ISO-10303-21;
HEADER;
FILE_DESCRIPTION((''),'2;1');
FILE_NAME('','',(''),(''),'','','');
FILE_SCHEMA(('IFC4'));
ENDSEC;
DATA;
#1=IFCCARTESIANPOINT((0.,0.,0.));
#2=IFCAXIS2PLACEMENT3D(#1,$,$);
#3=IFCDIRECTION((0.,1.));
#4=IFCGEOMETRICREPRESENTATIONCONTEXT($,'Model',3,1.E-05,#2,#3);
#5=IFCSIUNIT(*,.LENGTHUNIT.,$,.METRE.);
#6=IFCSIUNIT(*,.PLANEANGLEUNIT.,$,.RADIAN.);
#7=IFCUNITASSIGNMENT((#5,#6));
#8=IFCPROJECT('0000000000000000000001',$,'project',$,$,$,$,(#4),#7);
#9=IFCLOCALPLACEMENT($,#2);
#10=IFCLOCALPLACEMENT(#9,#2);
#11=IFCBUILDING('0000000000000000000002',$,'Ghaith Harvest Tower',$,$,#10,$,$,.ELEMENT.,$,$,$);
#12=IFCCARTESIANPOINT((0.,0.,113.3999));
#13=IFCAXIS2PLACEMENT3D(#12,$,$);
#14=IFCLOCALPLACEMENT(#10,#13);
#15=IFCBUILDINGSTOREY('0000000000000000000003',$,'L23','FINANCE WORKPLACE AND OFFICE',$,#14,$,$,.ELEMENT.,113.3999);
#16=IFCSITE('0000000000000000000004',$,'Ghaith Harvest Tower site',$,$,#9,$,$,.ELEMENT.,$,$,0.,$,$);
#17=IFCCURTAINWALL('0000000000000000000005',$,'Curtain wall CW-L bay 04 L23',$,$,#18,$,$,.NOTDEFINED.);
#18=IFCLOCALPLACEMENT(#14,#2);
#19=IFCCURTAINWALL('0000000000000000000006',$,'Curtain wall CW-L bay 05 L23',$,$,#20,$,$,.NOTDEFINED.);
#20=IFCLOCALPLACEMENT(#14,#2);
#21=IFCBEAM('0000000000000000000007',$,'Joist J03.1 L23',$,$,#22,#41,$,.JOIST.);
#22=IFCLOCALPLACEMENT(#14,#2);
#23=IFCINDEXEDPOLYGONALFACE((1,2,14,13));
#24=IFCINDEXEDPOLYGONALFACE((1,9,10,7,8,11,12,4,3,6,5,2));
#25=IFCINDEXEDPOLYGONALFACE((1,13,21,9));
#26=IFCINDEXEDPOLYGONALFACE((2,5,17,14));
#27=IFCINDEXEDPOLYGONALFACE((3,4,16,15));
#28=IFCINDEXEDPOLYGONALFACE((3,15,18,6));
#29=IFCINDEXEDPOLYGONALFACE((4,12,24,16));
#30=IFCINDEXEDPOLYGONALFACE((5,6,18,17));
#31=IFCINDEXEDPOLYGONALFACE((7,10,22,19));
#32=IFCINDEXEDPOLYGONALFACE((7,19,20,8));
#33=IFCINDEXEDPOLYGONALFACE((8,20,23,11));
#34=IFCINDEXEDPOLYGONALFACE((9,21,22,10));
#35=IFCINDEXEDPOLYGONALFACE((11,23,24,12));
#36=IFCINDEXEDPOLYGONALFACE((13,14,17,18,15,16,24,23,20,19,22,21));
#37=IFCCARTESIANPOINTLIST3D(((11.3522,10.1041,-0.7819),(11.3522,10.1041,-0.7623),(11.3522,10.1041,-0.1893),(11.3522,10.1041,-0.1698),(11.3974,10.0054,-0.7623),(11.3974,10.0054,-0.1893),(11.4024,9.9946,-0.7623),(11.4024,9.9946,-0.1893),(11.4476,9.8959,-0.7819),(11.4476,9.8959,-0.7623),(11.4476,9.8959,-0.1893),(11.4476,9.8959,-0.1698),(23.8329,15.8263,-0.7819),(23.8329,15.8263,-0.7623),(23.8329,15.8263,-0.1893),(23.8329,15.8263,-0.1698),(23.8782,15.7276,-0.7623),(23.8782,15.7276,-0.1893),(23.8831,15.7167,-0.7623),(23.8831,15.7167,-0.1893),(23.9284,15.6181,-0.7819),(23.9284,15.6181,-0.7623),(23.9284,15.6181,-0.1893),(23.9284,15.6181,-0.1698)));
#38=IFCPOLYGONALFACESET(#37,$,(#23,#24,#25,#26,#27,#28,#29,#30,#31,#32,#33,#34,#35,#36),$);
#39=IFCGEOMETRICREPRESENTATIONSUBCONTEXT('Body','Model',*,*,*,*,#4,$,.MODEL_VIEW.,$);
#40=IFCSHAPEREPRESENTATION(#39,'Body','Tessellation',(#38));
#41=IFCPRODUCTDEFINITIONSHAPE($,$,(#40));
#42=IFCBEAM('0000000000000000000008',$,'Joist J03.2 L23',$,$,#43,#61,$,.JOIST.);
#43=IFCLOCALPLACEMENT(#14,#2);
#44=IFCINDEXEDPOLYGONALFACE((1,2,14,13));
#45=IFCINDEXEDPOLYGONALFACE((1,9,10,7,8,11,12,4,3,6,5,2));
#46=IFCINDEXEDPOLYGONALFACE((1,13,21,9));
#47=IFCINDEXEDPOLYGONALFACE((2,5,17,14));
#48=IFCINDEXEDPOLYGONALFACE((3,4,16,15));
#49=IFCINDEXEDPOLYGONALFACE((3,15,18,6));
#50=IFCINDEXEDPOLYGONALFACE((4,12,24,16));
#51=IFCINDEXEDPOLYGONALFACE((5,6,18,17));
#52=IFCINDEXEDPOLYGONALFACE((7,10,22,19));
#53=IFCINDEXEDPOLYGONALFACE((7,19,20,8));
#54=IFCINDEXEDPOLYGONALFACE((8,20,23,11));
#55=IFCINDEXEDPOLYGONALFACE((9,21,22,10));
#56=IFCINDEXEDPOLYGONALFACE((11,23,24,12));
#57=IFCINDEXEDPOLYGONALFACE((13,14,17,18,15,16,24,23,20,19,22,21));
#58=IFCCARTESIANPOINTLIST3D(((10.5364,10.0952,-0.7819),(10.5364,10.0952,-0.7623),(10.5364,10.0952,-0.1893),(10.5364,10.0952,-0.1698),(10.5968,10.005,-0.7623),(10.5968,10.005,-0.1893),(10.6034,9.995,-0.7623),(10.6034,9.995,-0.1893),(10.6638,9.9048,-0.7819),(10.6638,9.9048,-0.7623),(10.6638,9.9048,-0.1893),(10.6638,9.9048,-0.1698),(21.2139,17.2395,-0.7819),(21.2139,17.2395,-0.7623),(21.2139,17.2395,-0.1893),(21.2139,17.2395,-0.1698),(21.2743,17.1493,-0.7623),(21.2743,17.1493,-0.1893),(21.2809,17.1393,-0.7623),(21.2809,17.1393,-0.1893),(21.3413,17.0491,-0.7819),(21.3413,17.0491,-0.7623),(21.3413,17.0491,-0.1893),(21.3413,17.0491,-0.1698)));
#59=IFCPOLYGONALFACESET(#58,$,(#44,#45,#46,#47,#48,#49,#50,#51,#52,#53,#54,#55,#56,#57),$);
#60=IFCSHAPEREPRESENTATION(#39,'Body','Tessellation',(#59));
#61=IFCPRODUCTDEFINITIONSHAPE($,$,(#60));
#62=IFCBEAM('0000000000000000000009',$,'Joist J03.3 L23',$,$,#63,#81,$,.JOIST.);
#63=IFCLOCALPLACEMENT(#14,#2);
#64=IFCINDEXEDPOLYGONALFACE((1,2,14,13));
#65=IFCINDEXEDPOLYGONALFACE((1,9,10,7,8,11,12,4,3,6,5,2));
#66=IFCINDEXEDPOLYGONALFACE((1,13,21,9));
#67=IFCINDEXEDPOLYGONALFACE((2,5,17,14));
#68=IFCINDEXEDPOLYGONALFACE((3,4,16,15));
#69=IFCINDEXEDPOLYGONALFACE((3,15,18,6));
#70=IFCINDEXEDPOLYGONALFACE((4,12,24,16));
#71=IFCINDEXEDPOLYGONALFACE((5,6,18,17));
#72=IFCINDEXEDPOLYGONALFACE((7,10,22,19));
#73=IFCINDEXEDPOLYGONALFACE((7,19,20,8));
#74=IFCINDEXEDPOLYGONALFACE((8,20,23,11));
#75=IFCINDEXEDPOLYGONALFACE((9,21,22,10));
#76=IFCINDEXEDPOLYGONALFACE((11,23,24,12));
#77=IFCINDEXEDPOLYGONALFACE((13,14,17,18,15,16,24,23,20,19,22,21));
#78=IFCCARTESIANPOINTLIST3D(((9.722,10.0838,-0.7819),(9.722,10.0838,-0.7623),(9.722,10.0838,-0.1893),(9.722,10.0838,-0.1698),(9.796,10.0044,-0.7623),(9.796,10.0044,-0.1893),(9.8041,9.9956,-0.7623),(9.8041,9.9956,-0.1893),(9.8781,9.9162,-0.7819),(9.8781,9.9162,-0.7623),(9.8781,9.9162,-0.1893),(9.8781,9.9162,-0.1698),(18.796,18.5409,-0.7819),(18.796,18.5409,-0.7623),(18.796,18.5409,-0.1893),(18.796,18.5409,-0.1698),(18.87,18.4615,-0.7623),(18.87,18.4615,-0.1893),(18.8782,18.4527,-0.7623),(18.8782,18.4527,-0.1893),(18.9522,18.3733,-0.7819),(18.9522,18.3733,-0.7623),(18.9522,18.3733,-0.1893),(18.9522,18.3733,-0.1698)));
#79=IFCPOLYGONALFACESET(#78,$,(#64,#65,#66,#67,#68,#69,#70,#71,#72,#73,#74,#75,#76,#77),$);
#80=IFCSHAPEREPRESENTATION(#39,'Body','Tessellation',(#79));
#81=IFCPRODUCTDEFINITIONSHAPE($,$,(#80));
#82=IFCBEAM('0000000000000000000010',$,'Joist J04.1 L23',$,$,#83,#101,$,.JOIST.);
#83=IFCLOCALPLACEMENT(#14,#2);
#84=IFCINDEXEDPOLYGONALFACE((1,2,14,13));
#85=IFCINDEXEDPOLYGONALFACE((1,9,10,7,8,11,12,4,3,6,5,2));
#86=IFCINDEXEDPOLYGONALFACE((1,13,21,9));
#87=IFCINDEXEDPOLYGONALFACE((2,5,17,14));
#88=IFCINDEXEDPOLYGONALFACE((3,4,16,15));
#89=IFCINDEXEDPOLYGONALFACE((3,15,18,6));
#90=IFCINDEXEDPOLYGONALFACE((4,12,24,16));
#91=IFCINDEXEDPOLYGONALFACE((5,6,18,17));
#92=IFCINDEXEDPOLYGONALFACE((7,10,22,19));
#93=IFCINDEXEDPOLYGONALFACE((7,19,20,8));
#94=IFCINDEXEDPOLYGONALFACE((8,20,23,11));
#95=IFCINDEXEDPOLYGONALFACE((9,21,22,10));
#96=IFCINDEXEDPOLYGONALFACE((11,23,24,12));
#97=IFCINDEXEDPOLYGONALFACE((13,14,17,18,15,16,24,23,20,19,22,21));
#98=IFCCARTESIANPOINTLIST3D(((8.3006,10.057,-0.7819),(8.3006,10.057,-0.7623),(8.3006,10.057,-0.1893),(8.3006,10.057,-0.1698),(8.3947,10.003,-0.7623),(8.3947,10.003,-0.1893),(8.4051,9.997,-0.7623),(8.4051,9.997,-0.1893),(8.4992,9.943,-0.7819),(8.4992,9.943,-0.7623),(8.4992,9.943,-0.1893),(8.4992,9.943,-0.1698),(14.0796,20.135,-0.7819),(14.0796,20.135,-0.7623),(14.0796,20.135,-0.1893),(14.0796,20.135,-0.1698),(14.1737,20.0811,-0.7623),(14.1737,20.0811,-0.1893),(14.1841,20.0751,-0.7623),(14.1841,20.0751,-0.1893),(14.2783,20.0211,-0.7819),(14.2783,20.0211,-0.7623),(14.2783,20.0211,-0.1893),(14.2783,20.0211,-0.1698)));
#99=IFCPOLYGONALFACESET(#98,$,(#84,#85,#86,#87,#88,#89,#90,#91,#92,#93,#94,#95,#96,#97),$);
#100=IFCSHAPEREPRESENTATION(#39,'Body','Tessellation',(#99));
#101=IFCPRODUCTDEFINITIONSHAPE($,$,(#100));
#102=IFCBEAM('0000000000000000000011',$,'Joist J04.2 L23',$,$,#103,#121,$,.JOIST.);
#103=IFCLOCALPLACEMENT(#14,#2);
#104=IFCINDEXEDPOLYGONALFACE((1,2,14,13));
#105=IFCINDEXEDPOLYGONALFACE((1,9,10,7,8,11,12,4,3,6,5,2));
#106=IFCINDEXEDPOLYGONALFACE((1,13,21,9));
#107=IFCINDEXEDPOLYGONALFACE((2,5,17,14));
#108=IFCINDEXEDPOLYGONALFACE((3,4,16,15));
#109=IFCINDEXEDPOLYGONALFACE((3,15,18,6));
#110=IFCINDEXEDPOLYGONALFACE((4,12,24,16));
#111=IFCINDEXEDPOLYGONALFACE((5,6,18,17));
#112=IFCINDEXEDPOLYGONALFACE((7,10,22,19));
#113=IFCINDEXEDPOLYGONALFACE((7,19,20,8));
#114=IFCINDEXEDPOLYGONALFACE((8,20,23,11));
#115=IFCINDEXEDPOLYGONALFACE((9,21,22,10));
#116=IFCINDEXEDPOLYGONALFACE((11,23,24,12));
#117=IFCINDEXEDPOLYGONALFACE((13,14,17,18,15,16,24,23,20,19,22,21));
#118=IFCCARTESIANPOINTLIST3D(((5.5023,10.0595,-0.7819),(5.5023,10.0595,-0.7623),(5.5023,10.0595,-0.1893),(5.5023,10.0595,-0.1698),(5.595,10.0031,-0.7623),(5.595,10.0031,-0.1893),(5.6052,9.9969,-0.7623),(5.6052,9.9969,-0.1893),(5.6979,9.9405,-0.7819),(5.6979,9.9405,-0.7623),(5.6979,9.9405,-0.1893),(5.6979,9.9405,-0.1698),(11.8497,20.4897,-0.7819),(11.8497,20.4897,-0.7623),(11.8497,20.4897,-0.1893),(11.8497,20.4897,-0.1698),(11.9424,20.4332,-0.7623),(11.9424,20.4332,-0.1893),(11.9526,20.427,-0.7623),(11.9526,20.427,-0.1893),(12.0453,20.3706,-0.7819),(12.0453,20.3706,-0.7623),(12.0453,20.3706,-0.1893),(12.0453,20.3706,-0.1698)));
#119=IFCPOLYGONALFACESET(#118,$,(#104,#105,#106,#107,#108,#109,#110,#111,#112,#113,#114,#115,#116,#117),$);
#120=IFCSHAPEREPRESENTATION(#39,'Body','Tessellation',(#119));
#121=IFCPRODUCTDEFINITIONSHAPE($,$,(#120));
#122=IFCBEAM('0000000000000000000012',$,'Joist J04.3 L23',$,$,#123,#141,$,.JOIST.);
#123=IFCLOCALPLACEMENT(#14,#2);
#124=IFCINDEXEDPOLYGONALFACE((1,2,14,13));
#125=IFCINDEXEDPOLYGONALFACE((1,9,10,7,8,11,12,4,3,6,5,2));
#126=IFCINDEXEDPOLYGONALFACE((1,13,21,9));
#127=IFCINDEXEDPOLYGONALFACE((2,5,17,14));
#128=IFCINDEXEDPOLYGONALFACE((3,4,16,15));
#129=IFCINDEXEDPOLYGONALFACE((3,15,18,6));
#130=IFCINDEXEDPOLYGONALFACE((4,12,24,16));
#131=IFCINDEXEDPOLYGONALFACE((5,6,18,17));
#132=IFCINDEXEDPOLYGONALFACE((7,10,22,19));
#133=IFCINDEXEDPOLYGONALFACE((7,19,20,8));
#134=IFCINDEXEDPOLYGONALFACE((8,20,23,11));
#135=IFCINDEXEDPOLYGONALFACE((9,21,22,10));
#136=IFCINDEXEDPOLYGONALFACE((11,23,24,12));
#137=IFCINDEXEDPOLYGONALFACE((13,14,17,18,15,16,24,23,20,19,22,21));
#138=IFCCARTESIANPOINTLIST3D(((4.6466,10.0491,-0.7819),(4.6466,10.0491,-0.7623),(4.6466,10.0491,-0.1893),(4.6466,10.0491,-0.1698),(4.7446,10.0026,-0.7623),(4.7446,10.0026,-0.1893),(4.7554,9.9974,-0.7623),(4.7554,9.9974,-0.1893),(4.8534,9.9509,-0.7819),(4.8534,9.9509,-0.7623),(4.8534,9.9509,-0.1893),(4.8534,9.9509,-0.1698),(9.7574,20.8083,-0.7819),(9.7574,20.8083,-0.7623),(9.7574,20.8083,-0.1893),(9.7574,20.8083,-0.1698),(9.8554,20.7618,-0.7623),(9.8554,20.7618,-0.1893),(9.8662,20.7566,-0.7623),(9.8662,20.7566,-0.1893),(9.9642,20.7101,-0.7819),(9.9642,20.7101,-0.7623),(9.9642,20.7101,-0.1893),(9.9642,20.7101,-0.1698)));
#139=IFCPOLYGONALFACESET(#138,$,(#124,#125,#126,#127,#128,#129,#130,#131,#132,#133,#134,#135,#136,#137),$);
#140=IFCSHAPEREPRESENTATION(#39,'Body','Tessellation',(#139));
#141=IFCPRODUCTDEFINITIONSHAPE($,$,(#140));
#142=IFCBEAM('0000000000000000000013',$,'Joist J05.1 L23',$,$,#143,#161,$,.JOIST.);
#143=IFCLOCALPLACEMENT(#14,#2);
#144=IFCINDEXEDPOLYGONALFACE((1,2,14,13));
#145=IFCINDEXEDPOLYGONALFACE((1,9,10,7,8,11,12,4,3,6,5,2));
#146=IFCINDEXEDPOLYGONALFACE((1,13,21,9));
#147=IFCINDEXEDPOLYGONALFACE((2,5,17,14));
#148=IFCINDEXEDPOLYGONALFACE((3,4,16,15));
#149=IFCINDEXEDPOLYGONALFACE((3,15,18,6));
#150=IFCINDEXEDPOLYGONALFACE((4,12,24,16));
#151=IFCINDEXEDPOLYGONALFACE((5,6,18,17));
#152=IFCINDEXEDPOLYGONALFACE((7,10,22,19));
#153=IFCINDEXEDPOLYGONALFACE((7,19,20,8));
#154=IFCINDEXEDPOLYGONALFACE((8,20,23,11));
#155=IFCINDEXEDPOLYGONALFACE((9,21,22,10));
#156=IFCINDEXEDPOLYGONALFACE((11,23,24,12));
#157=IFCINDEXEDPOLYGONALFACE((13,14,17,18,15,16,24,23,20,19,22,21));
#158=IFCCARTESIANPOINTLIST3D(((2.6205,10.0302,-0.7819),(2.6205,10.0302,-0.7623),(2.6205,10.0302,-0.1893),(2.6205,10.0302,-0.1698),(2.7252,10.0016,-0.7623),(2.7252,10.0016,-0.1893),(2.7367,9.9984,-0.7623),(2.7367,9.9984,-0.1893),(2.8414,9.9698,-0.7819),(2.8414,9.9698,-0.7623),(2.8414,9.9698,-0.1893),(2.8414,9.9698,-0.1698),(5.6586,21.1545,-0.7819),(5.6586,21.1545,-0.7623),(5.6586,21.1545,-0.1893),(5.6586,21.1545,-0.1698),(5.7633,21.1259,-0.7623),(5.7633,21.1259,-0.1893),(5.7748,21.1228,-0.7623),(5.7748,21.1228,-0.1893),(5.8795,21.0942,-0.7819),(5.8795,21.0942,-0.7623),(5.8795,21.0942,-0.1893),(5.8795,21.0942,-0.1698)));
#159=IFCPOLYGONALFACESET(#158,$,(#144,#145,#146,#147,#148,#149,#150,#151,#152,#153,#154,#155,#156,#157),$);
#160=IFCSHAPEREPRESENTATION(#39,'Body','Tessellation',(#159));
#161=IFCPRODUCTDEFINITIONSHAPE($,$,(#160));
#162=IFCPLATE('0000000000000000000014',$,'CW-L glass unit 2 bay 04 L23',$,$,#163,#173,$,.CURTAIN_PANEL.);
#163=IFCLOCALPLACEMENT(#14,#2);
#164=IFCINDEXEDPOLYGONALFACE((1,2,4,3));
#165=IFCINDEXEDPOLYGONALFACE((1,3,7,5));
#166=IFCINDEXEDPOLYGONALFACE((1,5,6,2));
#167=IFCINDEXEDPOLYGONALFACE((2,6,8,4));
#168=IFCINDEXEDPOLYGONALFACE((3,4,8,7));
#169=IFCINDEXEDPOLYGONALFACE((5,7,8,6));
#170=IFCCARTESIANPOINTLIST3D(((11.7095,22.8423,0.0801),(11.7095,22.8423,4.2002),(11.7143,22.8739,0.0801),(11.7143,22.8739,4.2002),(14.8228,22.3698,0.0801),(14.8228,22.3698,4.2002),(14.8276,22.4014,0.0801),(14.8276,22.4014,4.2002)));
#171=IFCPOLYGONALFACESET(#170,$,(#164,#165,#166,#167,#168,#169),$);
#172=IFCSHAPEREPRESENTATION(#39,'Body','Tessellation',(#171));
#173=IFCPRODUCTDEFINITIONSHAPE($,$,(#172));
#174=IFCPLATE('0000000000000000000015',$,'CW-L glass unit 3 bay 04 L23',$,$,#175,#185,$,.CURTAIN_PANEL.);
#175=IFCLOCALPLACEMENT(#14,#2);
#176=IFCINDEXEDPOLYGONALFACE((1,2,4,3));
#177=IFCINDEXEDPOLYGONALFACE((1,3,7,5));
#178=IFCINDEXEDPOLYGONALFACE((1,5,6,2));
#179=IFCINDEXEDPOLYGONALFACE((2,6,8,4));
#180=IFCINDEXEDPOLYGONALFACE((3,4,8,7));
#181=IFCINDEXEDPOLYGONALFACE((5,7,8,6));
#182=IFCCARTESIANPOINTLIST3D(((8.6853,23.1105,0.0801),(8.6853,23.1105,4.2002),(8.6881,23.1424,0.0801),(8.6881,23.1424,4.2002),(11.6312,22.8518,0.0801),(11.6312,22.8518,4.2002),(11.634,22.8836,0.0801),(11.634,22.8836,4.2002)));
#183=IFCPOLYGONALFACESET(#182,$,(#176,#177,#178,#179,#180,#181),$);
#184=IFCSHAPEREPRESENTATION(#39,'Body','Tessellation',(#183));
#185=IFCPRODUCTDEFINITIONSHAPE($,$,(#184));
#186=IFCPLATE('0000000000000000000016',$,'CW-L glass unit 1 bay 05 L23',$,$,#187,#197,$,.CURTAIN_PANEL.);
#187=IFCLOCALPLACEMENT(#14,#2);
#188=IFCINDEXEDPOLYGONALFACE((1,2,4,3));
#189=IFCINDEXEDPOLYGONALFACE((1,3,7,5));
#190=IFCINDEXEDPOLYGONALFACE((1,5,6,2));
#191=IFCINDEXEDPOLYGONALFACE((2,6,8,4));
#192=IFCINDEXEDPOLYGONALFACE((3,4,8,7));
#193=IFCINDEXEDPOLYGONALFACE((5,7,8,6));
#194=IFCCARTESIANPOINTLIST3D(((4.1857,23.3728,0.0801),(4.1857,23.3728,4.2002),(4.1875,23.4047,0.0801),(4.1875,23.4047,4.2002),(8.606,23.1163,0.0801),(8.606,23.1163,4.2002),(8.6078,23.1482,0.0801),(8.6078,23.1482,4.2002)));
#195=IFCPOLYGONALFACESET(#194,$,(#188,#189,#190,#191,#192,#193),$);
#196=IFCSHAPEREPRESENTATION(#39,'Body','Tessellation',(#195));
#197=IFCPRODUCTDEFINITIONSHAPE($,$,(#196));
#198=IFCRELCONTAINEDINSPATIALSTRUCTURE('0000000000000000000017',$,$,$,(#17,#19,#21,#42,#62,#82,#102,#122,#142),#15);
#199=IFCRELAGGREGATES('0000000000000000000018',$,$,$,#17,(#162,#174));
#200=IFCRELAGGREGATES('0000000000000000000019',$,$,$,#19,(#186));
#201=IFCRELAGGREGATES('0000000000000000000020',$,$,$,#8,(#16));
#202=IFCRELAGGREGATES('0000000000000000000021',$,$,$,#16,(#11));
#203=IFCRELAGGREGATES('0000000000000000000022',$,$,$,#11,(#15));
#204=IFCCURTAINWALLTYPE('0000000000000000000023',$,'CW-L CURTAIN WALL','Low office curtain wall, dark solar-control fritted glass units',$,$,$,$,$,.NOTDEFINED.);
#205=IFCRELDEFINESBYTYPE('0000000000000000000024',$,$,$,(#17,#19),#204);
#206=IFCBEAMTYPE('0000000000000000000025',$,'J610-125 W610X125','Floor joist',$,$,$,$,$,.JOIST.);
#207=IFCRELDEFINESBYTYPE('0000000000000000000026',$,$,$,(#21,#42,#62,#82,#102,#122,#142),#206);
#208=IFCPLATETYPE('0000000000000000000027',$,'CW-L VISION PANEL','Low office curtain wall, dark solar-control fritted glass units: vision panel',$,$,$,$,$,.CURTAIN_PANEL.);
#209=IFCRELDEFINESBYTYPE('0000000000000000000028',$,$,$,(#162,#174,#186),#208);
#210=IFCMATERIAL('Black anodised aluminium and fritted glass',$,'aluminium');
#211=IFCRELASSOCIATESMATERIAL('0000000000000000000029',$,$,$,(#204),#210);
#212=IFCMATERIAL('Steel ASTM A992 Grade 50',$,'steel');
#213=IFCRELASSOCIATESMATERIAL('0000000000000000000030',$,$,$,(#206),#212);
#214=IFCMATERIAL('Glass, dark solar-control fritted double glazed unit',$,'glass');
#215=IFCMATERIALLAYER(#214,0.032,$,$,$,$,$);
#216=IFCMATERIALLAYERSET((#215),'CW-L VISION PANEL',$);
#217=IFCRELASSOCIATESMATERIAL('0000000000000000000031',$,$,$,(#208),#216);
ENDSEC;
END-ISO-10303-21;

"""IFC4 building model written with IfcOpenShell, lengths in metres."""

from ifc_helpers import new_model, si_unit, direction, frame, origin, origin_2d, place, context, subcontext, project, spatial, rectangle, i_section, extrude, material, layer, layer_set, material_profile, profile_set, type_object, element, aggregate, save


model = new_model("IFC4")

# Units and contexts
model_context = context("Model", 3, precision=1e-05, world=origin(), true_north=direction((0.0, 1.0)))
body_context = subcontext(model_context, "Body", "Model", "MODEL_VIEW")
ifc_project = project(units=[si_unit("LENGTHUNIT", "METRE"), si_unit("PLANEANGLEUNIT", "RADIAN")], contexts=[model_context])

# Site, building, storey
site_placement = place(None, origin())
site = spatial("IfcSite", under=ifc_project, at=site_placement, Name="Ghaith Harvest Tower site", CompositionType="ELEMENT", RefElevation=0.0)
building_placement = place(site_placement, origin())
building = spatial("IfcBuilding", under=site, at=building_placement, Name="Ghaith Harvest Tower", CompositionType="ELEMENT")
storey_placement = place(building_placement, frame((0.0, 0.0, 113.3999)))
storey = spatial("IfcBuildingStorey", under=building, at=storey_placement, Name="L23", Description="FINANCE WORKPLACE AND OFFICE", CompositionType="ELEMENT", Elevation=113.3999)

# Curtain wall
ifc_material_1 = material(Name="Black anodised aluminium and fritted glass", Category="aluminium")
curtain_wall_type = type_object("IfcCurtainWallType", Name="CW-L CURTAIN WALL", Description="Low office curtain wall, dark solar-control fritted glass units", PredefinedType="NOTDEFINED", material=ifc_material_1)
curtain_wall_1_placement = place(storey_placement, origin())
curtain_wall_1 = element("IfcCurtainWall", 1, at=curtain_wall_1_placement, inside=storey, type_object=curtain_wall_type, Name="Curtain wall CW-L bay 04 L23", PredefinedType="NOTDEFINED")

# Curtain wall
curtain_wall_2_placement = place(storey_placement, origin())
curtain_wall_2 = element("IfcCurtainWall", 2, at=curtain_wall_2_placement, inside=storey, type_object=curtain_wall_type, Name="Curtain wall CW-L bay 05 L23", PredefinedType="NOTDEFINED")

# Beams
ifc_material_2 = material(Name="Steel ASTM A992 Grade 50", Category="steel")
ifc_material_profile_1 = material_profile(ifc_material_2, i_section(OverallWidth=0.229, OverallDepth=0.6121, WebThickness=0.012, FlangeThickness=0.0195, at=origin_2d()), Name="W610X125")
ifc_profile_set_1 = profile_set([ifc_material_profile_1], Name="Steel ASTM A992 Grade 50")
beam_type_1 = type_object("IfcBeamType", Name="J610-125 W610X125", Description="Floor joist", PredefinedType="JOIST", material=ifc_profile_set_1)
beam_1_placement = place(storey_placement, frame((11.3999, 10.0, -0.4758), z_axis=(0.909014, 0.416766, 0.0), x_axis=(-0.416766, 0.909014, 0.0)))
element("IfcBeam", 3, at=beam_1_placement, inside=storey, type_object=beam_type_1, Name="Joist J03.1 L23", PredefinedType="JOIST", context=body_context, shape_type="SweptSolid", body=[
    extrude(i_section(OverallWidth=0.229, OverallDepth=0.6121, WebThickness=0.012, FlangeThickness=0.0195, at=origin_2d()), origin(), (0.0, 0.0, 1.0), 13.73),
])
beam_2_placement = place(storey_placement, frame((10.6001, 10.0, -0.4758), z_axis=(0.831116, 0.556098, 0.0), x_axis=(-0.556098, 0.831116, 0.0)))
element("IfcBeam", 4, at=beam_2_placement, inside=storey, type_object=beam_type_1, Name="Joist J03.2 L23", PredefinedType="JOIST", context=body_context, shape_type="SweptSolid", body=[
    extrude(i_section(OverallWidth=0.229, OverallDepth=0.6121, WebThickness=0.012, FlangeThickness=0.0195, at=origin_2d()), origin(), (0.0, 0.0, 1.0), 12.8472),
])
beam_3_placement = place(storey_placement, frame((9.8, 10.0, -0.4758), z_axis=(0.731538, 0.681801, 0.0), x_axis=(-0.681801, 0.731538, 0.0)))
element("IfcBeam", 5, at=beam_3_placement, inside=storey, type_object=beam_type_1, Name="Joist J03.3 L23", PredefinedType="JOIST", context=body_context, shape_type="SweptSolid", body=[
    extrude(i_section(OverallWidth=0.229, OverallDepth=0.6121, WebThickness=0.012, FlangeThickness=0.0195, at=origin_2d()), origin(), (0.0, 0.0, 1.0), 12.4041),
])
beam_4_placement = place(storey_placement, frame((8.3999, 10.0, -0.4758), z_axis=(0.497444, 0.867496, 0.0), x_axis=(-0.867496, 0.497444, 0.0)))
element("IfcBeam", 6, at=beam_4_placement, inside=storey, type_object=beam_type_1, Name="Joist J04.1 L23", PredefinedType="JOIST", context=body_context, shape_type="SweptSolid", body=[
    extrude(i_section(OverallWidth=0.229, OverallDepth=0.6121, WebThickness=0.012, FlangeThickness=0.0195, at=origin_2d()), origin(), (0.0, 0.0, 1.0), 11.6174),
])
beam_5_placement = place(storey_placement, frame((5.6001, 10.0, -0.4758), z_axis=(0.519864, 0.854249, 0.0), x_axis=(-0.854249, 0.519864, 0.0)))
element("IfcBeam", 7, at=beam_5_placement, inside=storey, type_object=beam_type_1, Name="Joist J04.2 L23", PredefinedType="JOIST", context=body_context, shape_type="SweptSolid", body=[
    extrude(i_section(OverallWidth=0.229, OverallDepth=0.6121, WebThickness=0.012, FlangeThickness=0.0195, at=origin_2d()), origin(), (0.0, 0.0, 1.0), 12.2097),
])
beam_6_placement = place(storey_placement, frame((4.75, 10.0, -0.4758), z_axis=(0.429069, 0.903272, 0.0), x_axis=(-0.903272, 0.429069, 0.0)))
element("IfcBeam", 8, at=beam_6_placement, inside=storey, type_object=beam_type_1, Name="Joist J04.3 L23", PredefinedType="JOIST", context=body_context, shape_type="SweptSolid", body=[
    extrude(i_section(OverallWidth=0.229, OverallDepth=0.6121, WebThickness=0.012, FlangeThickness=0.0195, at=origin_2d()), origin(), (0.0, 0.0, 1.0), 11.9114),
])
beam_7_placement = place(storey_placement, frame((2.731, 10.0, -0.4758), z_axis=(0.263456, 0.964671, 0.0), x_axis=(-0.964671, 0.263456, 0.0)))
element("IfcBeam", 9, at=beam_7_placement, inside=storey, type_object=beam_type_1, Name="Joist J05.1 L23", PredefinedType="JOIST", context=body_context, shape_type="SweptSolid", body=[
    extrude(i_section(OverallWidth=0.229, OverallDepth=0.6121, WebThickness=0.012, FlangeThickness=0.0195, at=origin_2d()), origin(), (0.0, 0.0, 1.0), 11.5317),
])

# Plates
ifc_material_3 = material(Name="Glass, dark solar-control fritted double glazed unit", Category="glass")
ifc_layer_1 = layer(ifc_material_3, 0.032)
ifc_layer_set_1 = layer_set([ifc_layer_1], Name="CW-L VISION PANEL")
plate_type = type_object("IfcPlateType", Name="CW-L VISION PANEL", Description="Low office curtain wall, dark solar-control fritted glass units: vision panel", PredefinedType="CURTAIN_PANEL", material=ifc_layer_set_1)
plate_1_placement = place(storey_placement, frame((13.2686, 22.6218, 0.0801), z_axis=(0.0, 0.0, 1.0), x_axis=(-0.988679, 0.150048, 0.0)))
plate_1 = element("IfcPlate", 10, at=plate_1_placement, type_object=plate_type, Name="CW-L glass unit 2 bay 04 L23", PredefinedType="CURTAIN_PANEL", context=body_context, shape_type="SweptSolid", body=[
    extrude(rectangle(XDim=3.1489, YDim=0.032, at=origin_2d()), origin(), (0.0, 0.0, 1.0), 4.1201),
])
plate_2_placement = place(storey_placement, frame((10.1597, 22.9971, 0.0801), z_axis=(0.0, 0.0, 1.0), x_axis=(-0.996166, 0.087481, 0.0)))
plate_2 = element("IfcPlate", 11, at=plate_2_placement, type_object=plate_type, Name="CW-L glass unit 3 bay 04 L23", PredefinedType="CURTAIN_PANEL", context=body_context, shape_type="SweptSolid", body=[
    extrude(rectangle(XDim=2.9573, YDim=0.032, at=origin_2d()), origin(), (0.0, 0.0, 1.0), 4.1201),
])
aggregate(curtain_wall_1, [plate_1, plate_2])
plate_3_placement = place(storey_placement, frame((6.3967, 23.2605, 0.0801), z_axis=(0.0, 0.0, 1.0), x_axis=(-0.998321, 0.057927, 0.0)))
plate_3 = element("IfcPlate", 12, at=plate_3_placement, type_object=plate_type, Name="CW-L glass unit 1 bay 05 L23", PredefinedType="CURTAIN_PANEL", context=body_context, shape_type="SweptSolid", body=[
    extrude(rectangle(XDim=4.4277, YDim=0.032, at=origin_2d()), origin(), (0.0, 0.0, 1.0), 4.1201),
])
aggregate(curtain_wall_2, [plate_3])

save(model, "model.ifc")
